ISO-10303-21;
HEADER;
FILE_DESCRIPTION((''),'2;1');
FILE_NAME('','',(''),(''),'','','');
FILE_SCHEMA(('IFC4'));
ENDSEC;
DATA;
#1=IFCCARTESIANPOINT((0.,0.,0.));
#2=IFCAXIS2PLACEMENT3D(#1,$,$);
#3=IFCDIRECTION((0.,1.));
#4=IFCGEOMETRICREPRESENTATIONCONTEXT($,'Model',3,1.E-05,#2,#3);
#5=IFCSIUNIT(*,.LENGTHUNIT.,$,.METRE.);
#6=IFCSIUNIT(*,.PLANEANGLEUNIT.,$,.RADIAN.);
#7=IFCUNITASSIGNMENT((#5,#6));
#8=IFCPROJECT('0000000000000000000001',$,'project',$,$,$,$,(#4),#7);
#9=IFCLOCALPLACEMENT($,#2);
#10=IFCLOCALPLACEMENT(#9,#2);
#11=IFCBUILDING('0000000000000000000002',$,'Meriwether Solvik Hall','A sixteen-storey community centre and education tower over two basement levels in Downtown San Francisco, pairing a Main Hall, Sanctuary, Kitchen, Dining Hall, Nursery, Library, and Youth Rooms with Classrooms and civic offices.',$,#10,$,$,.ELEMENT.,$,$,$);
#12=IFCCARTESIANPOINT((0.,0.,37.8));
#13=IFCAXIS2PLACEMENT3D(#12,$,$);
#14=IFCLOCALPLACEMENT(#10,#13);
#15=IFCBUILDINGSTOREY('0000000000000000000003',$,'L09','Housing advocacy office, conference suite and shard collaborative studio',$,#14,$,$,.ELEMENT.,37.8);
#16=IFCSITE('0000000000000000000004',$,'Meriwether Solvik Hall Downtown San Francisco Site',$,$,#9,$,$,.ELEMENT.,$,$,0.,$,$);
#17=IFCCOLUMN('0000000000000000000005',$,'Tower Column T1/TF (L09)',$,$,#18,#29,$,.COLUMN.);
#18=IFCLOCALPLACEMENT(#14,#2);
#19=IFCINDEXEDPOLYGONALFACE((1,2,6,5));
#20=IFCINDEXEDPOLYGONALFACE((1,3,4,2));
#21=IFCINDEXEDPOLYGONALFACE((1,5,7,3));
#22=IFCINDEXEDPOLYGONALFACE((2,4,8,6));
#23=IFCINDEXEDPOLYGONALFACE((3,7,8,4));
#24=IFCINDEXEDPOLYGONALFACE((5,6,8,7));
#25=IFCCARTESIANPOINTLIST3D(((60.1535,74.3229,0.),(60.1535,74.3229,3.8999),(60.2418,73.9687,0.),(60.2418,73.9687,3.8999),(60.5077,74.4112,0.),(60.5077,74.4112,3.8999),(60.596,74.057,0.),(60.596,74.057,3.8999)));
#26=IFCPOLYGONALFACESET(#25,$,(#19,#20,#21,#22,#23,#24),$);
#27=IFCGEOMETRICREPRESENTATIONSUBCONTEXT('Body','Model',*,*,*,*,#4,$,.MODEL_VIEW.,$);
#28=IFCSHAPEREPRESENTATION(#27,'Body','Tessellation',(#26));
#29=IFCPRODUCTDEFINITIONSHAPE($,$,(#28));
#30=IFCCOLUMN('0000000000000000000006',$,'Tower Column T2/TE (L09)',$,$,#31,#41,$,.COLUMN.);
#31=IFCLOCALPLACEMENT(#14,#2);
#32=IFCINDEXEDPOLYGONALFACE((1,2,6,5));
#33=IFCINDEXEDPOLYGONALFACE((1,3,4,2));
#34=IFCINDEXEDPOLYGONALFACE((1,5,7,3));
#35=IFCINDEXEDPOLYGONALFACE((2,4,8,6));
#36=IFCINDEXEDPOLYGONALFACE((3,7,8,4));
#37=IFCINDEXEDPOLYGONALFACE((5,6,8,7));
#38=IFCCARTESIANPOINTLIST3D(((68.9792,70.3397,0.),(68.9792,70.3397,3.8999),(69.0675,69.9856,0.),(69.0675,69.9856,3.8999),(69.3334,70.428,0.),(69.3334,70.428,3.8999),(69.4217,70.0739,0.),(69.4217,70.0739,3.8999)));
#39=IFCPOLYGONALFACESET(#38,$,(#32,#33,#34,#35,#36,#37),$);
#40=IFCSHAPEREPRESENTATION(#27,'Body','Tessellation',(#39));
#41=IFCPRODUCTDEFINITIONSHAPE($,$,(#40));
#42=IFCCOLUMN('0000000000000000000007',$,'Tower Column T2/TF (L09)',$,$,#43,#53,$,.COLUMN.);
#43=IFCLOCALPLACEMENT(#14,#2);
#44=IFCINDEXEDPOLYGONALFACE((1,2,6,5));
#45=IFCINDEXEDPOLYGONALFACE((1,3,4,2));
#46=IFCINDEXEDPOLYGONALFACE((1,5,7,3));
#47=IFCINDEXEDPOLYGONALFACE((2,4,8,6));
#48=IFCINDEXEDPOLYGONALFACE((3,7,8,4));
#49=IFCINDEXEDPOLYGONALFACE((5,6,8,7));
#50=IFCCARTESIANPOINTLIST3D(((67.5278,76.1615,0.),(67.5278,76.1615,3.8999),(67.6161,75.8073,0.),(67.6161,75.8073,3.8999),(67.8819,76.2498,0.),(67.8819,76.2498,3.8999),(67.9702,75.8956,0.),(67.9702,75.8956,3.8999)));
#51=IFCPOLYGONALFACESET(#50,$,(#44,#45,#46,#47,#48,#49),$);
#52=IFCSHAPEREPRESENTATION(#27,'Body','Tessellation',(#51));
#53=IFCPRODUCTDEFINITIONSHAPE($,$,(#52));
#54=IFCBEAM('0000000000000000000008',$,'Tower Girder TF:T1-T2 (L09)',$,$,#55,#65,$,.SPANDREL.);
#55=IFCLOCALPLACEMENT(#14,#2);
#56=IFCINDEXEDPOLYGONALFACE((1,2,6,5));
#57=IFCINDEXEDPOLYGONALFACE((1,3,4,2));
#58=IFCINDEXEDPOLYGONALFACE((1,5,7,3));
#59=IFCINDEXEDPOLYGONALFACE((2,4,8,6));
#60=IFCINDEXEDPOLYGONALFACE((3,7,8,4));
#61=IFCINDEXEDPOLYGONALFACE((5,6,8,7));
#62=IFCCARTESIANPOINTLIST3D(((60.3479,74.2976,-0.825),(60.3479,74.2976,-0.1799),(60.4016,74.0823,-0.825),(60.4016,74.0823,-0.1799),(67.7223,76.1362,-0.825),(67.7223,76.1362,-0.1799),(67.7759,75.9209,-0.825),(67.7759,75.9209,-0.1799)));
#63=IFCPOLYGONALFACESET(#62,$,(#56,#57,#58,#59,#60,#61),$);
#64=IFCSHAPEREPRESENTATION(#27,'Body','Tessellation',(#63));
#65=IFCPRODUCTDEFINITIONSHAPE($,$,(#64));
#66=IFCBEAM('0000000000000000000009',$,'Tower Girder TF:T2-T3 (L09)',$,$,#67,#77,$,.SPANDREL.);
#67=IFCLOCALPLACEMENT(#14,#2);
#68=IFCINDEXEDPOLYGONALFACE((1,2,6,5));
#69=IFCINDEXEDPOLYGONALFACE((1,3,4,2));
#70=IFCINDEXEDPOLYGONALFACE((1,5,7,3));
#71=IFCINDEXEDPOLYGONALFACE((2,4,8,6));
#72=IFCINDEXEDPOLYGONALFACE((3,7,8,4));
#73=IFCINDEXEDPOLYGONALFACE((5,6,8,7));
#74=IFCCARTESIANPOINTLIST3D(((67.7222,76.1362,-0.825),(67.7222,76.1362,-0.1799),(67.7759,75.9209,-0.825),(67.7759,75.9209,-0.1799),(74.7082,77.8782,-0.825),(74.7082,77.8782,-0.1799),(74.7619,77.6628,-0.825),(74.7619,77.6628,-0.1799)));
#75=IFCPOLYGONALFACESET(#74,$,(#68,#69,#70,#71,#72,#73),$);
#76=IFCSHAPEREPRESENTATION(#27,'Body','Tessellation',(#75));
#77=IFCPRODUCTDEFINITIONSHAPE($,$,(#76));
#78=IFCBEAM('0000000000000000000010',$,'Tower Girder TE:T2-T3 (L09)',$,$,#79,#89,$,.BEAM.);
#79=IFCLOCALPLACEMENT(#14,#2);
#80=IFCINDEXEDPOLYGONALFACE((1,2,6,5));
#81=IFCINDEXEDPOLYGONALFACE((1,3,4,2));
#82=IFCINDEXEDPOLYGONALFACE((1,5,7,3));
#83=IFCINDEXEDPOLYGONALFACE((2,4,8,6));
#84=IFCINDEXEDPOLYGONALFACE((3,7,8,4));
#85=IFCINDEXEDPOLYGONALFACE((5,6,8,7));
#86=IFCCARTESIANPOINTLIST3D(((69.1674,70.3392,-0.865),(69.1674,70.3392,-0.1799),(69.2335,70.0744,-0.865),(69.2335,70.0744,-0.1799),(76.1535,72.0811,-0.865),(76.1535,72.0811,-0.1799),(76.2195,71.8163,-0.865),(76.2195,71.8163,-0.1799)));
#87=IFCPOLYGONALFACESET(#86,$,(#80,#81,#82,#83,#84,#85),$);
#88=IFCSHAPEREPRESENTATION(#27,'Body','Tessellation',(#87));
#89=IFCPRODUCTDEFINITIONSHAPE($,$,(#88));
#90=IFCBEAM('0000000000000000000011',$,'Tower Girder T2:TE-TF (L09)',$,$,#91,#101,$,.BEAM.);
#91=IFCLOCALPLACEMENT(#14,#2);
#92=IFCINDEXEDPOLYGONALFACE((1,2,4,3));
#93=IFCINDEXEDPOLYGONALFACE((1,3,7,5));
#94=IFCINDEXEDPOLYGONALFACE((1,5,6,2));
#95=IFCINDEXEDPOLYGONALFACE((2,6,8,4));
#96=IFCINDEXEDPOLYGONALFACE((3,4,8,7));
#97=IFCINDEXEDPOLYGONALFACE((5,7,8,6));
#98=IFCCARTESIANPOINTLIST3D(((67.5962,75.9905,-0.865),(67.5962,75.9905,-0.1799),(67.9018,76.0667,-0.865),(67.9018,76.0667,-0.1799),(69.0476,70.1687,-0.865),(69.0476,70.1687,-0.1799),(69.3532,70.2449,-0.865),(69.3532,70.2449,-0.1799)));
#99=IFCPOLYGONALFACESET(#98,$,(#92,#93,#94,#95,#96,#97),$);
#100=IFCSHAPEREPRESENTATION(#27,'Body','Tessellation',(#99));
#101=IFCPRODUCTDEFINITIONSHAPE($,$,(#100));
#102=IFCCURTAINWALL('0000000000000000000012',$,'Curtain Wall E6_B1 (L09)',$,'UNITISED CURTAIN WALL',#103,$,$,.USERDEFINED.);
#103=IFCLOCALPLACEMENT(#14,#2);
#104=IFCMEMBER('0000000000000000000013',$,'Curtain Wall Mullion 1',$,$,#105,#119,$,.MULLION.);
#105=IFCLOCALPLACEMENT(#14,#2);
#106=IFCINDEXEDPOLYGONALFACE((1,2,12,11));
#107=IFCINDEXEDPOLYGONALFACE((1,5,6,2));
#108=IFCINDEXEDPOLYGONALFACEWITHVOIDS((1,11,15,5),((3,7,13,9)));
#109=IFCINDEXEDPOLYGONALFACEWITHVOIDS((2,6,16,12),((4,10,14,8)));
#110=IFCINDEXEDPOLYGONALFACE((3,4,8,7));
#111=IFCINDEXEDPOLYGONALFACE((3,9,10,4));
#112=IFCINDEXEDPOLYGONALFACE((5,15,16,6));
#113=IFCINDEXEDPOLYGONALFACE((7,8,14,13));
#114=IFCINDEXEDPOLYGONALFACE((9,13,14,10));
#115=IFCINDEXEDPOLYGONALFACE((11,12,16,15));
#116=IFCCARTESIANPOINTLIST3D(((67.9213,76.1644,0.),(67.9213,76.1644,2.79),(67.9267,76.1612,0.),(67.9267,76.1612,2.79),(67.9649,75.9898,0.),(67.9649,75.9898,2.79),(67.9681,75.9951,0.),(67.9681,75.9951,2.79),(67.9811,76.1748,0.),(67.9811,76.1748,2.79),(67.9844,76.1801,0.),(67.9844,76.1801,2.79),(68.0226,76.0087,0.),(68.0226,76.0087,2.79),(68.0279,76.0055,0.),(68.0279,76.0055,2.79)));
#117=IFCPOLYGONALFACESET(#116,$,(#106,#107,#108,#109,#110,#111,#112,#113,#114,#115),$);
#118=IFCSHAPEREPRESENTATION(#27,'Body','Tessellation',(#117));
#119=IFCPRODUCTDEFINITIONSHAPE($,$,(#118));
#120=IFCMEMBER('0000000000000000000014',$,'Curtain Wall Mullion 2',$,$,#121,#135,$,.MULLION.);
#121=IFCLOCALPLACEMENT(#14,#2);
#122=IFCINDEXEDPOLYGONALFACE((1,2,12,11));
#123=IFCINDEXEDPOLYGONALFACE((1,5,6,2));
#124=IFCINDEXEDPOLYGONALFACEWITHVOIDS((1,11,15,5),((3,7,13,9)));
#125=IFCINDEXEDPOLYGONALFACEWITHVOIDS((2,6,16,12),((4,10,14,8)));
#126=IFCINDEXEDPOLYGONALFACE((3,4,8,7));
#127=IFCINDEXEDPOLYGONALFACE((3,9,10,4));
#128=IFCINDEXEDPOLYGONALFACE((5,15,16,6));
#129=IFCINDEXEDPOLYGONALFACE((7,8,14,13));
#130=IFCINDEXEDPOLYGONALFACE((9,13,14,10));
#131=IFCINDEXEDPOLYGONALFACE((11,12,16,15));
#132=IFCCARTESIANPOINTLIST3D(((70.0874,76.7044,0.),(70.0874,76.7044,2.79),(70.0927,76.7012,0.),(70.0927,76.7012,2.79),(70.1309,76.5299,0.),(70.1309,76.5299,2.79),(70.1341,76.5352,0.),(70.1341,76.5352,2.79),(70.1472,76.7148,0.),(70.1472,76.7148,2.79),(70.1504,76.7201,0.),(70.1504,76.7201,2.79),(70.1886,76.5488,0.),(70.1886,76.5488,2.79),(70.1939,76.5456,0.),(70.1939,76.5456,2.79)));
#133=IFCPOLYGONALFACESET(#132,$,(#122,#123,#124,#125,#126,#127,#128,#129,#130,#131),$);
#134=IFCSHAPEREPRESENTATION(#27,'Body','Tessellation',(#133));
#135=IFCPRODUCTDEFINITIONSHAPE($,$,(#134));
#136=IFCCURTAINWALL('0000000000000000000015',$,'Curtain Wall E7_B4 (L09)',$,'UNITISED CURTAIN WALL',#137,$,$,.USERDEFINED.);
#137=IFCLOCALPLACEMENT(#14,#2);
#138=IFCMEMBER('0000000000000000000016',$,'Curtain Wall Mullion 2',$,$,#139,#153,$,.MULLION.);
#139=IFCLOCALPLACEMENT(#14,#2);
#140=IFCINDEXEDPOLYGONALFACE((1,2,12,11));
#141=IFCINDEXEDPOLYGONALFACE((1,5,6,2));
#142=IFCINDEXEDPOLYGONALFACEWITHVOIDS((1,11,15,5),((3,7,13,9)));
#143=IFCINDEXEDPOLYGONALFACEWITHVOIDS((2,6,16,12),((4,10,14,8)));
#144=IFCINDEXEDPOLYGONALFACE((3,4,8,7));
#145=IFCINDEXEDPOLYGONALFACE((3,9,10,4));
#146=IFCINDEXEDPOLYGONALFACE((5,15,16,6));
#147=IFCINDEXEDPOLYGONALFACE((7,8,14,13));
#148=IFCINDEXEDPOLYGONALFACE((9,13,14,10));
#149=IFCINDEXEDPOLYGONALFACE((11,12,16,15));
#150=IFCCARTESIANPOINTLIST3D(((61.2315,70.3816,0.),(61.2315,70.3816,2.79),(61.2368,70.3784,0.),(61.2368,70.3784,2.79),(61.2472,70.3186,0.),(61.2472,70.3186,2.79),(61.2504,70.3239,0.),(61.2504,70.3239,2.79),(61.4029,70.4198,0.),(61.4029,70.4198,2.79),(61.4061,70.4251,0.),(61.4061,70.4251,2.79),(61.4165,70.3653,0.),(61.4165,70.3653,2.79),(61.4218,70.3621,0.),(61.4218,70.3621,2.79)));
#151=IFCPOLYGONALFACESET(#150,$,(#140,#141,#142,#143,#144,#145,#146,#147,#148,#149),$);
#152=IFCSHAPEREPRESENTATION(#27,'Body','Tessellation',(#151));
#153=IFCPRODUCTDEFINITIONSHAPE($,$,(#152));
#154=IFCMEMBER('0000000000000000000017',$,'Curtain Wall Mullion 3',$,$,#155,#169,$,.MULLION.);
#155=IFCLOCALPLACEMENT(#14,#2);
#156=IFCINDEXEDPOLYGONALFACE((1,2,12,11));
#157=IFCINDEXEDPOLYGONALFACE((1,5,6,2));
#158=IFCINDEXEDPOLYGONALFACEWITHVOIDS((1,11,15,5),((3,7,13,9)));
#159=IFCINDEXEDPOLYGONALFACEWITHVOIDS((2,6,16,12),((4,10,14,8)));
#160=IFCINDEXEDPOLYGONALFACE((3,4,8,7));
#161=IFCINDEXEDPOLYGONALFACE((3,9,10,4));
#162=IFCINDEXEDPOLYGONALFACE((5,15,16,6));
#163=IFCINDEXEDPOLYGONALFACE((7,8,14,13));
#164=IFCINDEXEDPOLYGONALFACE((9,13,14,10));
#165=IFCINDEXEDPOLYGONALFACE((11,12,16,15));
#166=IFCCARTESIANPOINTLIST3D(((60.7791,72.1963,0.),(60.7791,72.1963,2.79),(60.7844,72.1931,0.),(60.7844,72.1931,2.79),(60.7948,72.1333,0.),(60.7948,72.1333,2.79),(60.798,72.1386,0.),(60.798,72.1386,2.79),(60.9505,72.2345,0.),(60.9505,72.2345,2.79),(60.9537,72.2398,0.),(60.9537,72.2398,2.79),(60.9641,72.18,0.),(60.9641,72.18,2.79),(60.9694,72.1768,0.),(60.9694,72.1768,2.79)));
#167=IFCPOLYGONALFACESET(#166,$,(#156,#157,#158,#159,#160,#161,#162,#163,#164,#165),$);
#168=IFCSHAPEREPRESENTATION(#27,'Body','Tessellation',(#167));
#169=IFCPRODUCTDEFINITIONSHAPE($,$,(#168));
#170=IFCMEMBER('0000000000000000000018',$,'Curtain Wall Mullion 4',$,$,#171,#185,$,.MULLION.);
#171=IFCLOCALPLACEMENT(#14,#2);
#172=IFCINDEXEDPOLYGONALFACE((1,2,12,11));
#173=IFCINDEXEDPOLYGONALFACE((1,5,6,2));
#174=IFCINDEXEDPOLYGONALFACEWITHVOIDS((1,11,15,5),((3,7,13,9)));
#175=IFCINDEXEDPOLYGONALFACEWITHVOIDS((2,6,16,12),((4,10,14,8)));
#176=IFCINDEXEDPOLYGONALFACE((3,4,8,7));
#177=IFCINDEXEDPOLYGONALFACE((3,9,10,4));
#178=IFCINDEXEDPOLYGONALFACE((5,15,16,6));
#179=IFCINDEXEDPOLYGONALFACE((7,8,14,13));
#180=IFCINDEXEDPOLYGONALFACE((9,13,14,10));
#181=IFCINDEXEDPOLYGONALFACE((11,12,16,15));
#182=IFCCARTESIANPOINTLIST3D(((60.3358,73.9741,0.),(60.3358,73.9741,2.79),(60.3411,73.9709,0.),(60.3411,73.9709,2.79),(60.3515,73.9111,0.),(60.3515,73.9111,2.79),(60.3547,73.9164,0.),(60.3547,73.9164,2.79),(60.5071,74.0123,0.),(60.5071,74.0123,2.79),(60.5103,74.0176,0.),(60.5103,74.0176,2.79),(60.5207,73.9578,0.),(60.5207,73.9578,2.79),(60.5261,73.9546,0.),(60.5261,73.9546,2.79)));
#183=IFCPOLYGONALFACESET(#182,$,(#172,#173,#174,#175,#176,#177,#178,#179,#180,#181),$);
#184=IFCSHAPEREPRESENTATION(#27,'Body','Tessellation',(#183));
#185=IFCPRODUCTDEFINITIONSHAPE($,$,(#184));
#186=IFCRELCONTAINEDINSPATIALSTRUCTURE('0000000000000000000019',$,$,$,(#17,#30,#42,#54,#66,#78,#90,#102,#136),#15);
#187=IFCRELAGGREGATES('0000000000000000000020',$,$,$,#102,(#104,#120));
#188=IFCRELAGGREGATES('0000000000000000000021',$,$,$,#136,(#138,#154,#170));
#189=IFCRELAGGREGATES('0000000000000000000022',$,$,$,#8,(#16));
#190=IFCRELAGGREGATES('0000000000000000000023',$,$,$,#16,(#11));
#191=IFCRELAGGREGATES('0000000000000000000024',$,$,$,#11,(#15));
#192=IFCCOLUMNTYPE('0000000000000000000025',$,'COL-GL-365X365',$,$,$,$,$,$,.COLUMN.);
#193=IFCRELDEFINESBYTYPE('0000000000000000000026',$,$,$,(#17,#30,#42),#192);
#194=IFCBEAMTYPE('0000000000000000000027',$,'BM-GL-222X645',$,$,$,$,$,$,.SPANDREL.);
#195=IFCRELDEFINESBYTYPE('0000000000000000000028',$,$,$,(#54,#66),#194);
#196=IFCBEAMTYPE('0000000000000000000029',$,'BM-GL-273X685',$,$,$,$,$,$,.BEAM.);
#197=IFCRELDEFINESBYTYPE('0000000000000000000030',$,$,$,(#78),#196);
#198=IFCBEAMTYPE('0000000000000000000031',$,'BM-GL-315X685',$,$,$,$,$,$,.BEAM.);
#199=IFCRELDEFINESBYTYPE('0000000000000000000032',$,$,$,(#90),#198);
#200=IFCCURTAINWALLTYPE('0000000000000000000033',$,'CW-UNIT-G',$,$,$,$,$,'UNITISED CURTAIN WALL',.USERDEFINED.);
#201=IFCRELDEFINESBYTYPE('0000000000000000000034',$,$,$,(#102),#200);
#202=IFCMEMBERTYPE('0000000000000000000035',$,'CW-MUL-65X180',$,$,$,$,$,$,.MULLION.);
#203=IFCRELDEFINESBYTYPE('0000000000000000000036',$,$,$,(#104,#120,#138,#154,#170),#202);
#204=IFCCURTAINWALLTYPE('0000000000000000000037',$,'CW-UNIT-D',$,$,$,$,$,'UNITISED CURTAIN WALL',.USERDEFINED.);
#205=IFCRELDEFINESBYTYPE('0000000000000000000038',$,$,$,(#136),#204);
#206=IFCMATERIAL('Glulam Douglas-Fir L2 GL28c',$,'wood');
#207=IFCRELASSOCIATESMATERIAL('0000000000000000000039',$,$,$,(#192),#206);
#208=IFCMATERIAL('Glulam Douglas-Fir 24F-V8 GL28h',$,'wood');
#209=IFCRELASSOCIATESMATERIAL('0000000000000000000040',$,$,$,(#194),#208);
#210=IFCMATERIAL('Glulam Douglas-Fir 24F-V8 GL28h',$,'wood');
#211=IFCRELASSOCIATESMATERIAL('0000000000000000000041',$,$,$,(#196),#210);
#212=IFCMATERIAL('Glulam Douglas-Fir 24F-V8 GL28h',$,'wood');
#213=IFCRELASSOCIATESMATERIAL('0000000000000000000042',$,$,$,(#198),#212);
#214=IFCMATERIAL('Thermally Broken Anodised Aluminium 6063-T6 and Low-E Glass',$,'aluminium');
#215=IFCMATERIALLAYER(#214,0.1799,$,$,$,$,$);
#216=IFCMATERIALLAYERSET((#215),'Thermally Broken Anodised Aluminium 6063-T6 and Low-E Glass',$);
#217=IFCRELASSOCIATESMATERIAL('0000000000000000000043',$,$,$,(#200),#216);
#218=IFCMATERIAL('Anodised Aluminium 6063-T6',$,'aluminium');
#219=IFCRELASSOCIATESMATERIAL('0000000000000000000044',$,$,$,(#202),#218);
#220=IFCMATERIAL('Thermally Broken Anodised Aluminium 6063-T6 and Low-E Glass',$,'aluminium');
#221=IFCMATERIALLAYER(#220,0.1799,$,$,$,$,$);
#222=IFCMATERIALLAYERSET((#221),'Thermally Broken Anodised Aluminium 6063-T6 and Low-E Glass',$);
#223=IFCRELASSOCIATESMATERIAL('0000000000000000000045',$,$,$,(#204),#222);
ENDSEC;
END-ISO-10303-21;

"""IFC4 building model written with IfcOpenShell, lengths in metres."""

from ifc_helpers import new_model, si_unit, direction, frame, origin, origin_2d, place, context, subcontext, project, spatial, rectangle, hollow_rectangle, extrude, material, layer, layer_set, material_profile, profile_set, type_object, element, aggregate, save


model = new_model("IFC4")

# Units and contexts
model_context = context("Model", 3, precision=1e-05, world=origin(), true_north=direction((0.0, 1.0)))
body_context = subcontext(model_context, "Body", "Model", "MODEL_VIEW")
ifc_project = project(units=[si_unit("LENGTHUNIT", "METRE"), si_unit("PLANEANGLEUNIT", "RADIAN")], contexts=[model_context])

# Site, building, storey
site_placement = place(None, origin())
site = spatial("IfcSite", under=ifc_project, at=site_placement, Name="Meriwether Solvik Hall Downtown San Francisco Site", CompositionType="ELEMENT", RefElevation=0.0)
building_placement = place(site_placement, origin())
building = spatial("IfcBuilding", under=site, at=building_placement, Name="Meriwether Solvik Hall", Description="A sixteen-storey community centre and education tower over two basement levels in Downtown San Francisco, pairing a Main Hall, Sanctuary, Kitchen, Dining Hall, Nursery, Library, and Youth Rooms with Classrooms and civic offices.", CompositionType="ELEMENT")
storey_placement = place(building_placement, frame((0.0, 0.0, 37.8)))
storey = spatial("IfcBuildingStorey", under=building, at=storey_placement, Name="L09", Description="Housing advocacy office, conference suite and shard collaborative studio", CompositionType="ELEMENT", Elevation=37.8)

# Columns
ifc_material_1 = material(Name="Glulam Douglas-Fir L2 GL28c", Category="wood")
ifc_material_profile_1 = material_profile(ifc_material_1, rectangle(XDim=0.365, YDim=0.365, at=origin_2d()), Name="GLC-365X365")
ifc_profile_set_1 = profile_set([ifc_material_profile_1], Name="Glulam Douglas-Fir L2 GL28c")
column_type = type_object("IfcColumnType", Name="COL-GL-365X365", PredefinedType="COLUMN", material=ifc_profile_set_1)
for number, where, z_axis, x_axis, name in (
    (1, (60.3748, 74.1899, 0.0), (0.0, 0.0, 1.0), (0.970296, 0.241922, 0.0), "Tower Column T1/TF (L09)"),
    (2, (69.2004, 70.2068, 0.0), (0.0, 0.0, 1.0), (0.970296, 0.241922, 0.0), "Tower Column T2/TE (L09)"),
    (3, (67.749, 76.0286, 0.0), (0.0, 0.0, 1.0), (0.970296, 0.241922, 0.0), "Tower Column T2/TF (L09)"),
):
    element("IfcColumn", number, at=place(storey_placement, frame(where, z_axis=z_axis, x_axis=x_axis)), inside=storey, type_object=column_type, Name=name, PredefinedType="COLUMN", context=body_context, shape_type="SweptSolid", body=[
        extrude(rectangle(XDim=0.365, YDim=0.365, at=origin_2d()), origin(), (0.0, 0.0, 1.0), 3.8999),
    ])

# Beams
ifc_material_2 = material(Name="Glulam Douglas-Fir 24F-V8 GL28h", Category="wood")
ifc_material_profile_2 = material_profile(ifc_material_2, rectangle(XDim=0.2219, YDim=0.645, at=origin_2d()), Name="GLB-222X645")
ifc_profile_set_2 = profile_set([ifc_material_profile_2], Name="Glulam Douglas-Fir 24F-V8 GL28h")
beam_type_1 = type_object("IfcBeamType", Name="BM-GL-222X645", PredefinedType="SPANDREL", material=ifc_profile_set_2)
beam_1_placement = place(storey_placement, frame((60.3748, 74.1899, -0.5024), z_axis=(0.970295, 0.241923, 0.0), x_axis=(-0.241923, 0.970295, 0.0)))
element("IfcBeam", 4, at=beam_1_placement, inside=storey, type_object=beam_type_1, Name="Tower Girder TF:T1-T2 (L09)", PredefinedType="SPANDREL", context=body_context, shape_type="SweptSolid", body=[
    extrude(rectangle(XDim=0.2219, YDim=0.645, at=origin_2d()), origin(), (0.0, 0.0, 1.0), 7.6001),
])
beam_2_placement = place(storey_placement, frame((67.749, 76.0286, -0.5024), z_axis=(0.970292, 0.241937, 0.0), x_axis=(-0.241937, 0.970292, 0.0)))
element("IfcBeam", 5, at=beam_2_placement, inside=storey, type_object=beam_type_1, Name="Tower Girder TF:T2-T3 (L09)", PredefinedType="SPANDREL", context=body_context, shape_type="SweptSolid", body=[
    extrude(rectangle(XDim=0.2219, YDim=0.645, at=origin_2d()), origin(), (0.0, 0.0, 1.0), 7.2),
])
ifc_material_3 = material(Name="Glulam Douglas-Fir 24F-V8 GL28h", Category="wood")
ifc_material_profile_3 = material_profile(ifc_material_3, rectangle(XDim=0.2729, YDim=0.6851, at=origin_2d()), Name="GLB-273X685")
ifc_profile_set_3 = profile_set([ifc_material_profile_3], Name="Glulam Douglas-Fir 24F-V8 GL28h")
beam_type_2 = type_object("IfcBeamType", Name="BM-GL-273X685", PredefinedType="BEAM", material=ifc_profile_set_3)
beam_3_placement = place(storey_placement, frame((69.2004, 70.2068, -0.5225), z_axis=(0.970292, 0.241937, 0.0), x_axis=(-0.241937, 0.970292, 0.0)))
element("IfcBeam", 6, at=beam_3_placement, inside=storey, type_object=beam_type_2, Name="Tower Girder TE:T2-T3 (L09)", PredefinedType="BEAM", context=body_context, shape_type="SweptSolid", body=[
    extrude(rectangle(XDim=0.2729, YDim=0.6851, at=origin_2d()), origin(), (0.0, 0.0, 1.0), 7.2),
])
ifc_material_4 = material(Name="Glulam Douglas-Fir 24F-V8 GL28h", Category="wood")
ifc_material_profile_4 = material_profile(ifc_material_4, rectangle(XDim=0.3149, YDim=0.6851, at=origin_2d()), Name="GLB-315X685")
ifc_profile_set_4 = profile_set([ifc_material_profile_4], Name="Glulam Douglas-Fir 24F-V8 GL28h")
beam_type_3 = type_object("IfcBeamType", Name="BM-GL-315X685", PredefinedType="BEAM", material=ifc_profile_set_4)
beam_4_placement = place(storey_placement, frame((69.2004, 70.2068, -0.5225), z_axis=(-0.241904, 0.9703, 0.0), x_axis=(-0.9703, -0.241904, 0.0)))
element("IfcBeam", 7, at=beam_4_placement, inside=storey, type_object=beam_type_3, Name="Tower Girder T2:TE-TF (L09)", PredefinedType="BEAM", context=body_context, shape_type="SweptSolid", body=[
    extrude(rectangle(XDim=0.3149, YDim=0.6851, at=origin_2d()), origin(), (0.0, 0.0, 1.0), 6.0),
])

# Curtain walls, members
ifc_material_5 = material(Name="Thermally Broken Anodised Aluminium 6063-T6 and Low-E Glass", Category="aluminium")
ifc_layer_1 = layer(ifc_material_5, 0.1799)
ifc_layer_set_1 = layer_set([ifc_layer_1], Name="Thermally Broken Anodised Aluminium 6063-T6 and Low-E Glass")
curtain_wall_type_1 = type_object("IfcCurtainWallType", Name="CW-UNIT-G", ElementType="UNITISED CURTAIN WALL", PredefinedType="USERDEFINED", material=ifc_layer_set_1)
curtain_wall_1_placement = place(storey_placement, origin())
curtain_wall_1 = element("IfcCurtainWall", 8, at=curtain_wall_1_placement, inside=storey, type_object=curtain_wall_type_1, Name="Curtain Wall E6_B1 (L09)", ObjectType="UNITISED CURTAIN WALL", PredefinedType="USERDEFINED")
ifc_material_6 = material(Name="Anodised Aluminium 6063-T6", Category="aluminium")
ifc_material_profile_5 = material_profile(ifc_material_6, hollow_rectangle(XDim=0.0649, YDim=0.1799, WallThickness=0.0044, at=origin_2d()), Name="CWM-65X180")
ifc_profile_set_5 = profile_set([ifc_material_profile_5], Name="Anodised Aluminium 6063-T6")
member_type_1 = type_object("IfcMemberType", Name="CW-MUL-65X180", PredefinedType="MULLION", material=ifc_profile_set_5)
member_1_placement = place(storey_placement, frame((67.9746, 76.085, 0.0), z_axis=(0.0, 0.0, 1.0), x_axis=(0.970296, 0.241922, 0.0)))
member_1 = element("IfcMember", 9, at=member_1_placement, type_object=member_type_1, Name="Curtain Wall Mullion 1", PredefinedType="MULLION", context=body_context, shape_type="SweptSolid", body=[
    extrude(hollow_rectangle(XDim=0.0649, YDim=0.1799, WallThickness=0.0044, at=origin_2d()), origin(), (0.0, 0.0, 1.0), 2.79),
])
member_2_placement = place(storey_placement, frame((70.1406, 76.625, 0.0), z_axis=(0.0, 0.0, 1.0), x_axis=(0.970296, 0.241922, 0.0)))
member_2 = element("IfcMember", 10, at=member_2_placement, type_object=member_type_1, Name="Curtain Wall Mullion 2", PredefinedType="MULLION", context=body_context, shape_type="SweptSolid", body=[
    extrude(hollow_rectangle(XDim=0.0649, YDim=0.1799, WallThickness=0.0044, at=origin_2d()), origin(), (0.0, 0.0, 1.0), 2.79),
])
ifc_material_7 = material(Name="Thermally Broken Anodised Aluminium 6063-T6 and Low-E Glass", Category="aluminium")
ifc_layer_2 = layer(ifc_material_7, 0.1799)
ifc_layer_set_2 = layer_set([ifc_layer_2], Name="Thermally Broken Anodised Aluminium 6063-T6 and Low-E Glass")
curtain_wall_type_2 = type_object("IfcCurtainWallType", Name="CW-UNIT-D", ElementType="UNITISED CURTAIN WALL", PredefinedType="USERDEFINED", material=ifc_layer_set_2)
curtain_wall_2_placement = place(storey_placement, origin())
curtain_wall_2 = element("IfcCurtainWall", 11, at=curtain_wall_2_placement, inside=storey, type_object=curtain_wall_type_2, Name="Curtain Wall E7_B4 (L09)", ObjectType="UNITISED CURTAIN WALL", PredefinedType="USERDEFINED")
member_3_placement = place(storey_placement, frame((61.3267, 70.3718, 0.0), z_axis=(0.0, 0.0, 1.0), x_axis=(-0.241922, 0.970296, 0.0)))
member_3 = element("IfcMember", 12, at=member_3_placement, type_object=member_type_1, Name="Curtain Wall Mullion 2", PredefinedType="MULLION", context=body_context, shape_type="SweptSolid", body=[
    extrude(hollow_rectangle(XDim=0.0649, YDim=0.1799, WallThickness=0.0044, at=origin_2d()), origin(), (0.0, 0.0, 1.0), 2.79),
])
member_4_placement = place(storey_placement, frame((60.8743, 72.1865, 0.0), z_axis=(0.0, 0.0, 1.0), x_axis=(-0.241922, 0.970296, 0.0)))
member_4 = element("IfcMember", 13, at=member_4_placement, type_object=member_type_1, Name="Curtain Wall Mullion 3", PredefinedType="MULLION", context=body_context, shape_type="SweptSolid", body=[
    extrude(hollow_rectangle(XDim=0.0649, YDim=0.1799, WallThickness=0.0044, at=origin_2d()), origin(), (0.0, 0.0, 1.0), 2.79),
])
member_5_placement = place(storey_placement, frame((60.4309, 73.9644, 0.0), z_axis=(0.0, 0.0, 1.0), x_axis=(-0.241922, 0.970296, 0.0)))
member_5 = element("IfcMember", 14, at=member_5_placement, type_object=member_type_1, Name="Curtain Wall Mullion 4", PredefinedType="MULLION", context=body_context, shape_type="SweptSolid", body=[
    extrude(hollow_rectangle(XDim=0.0649, YDim=0.1799, WallThickness=0.0044, at=origin_2d()), origin(), (0.0, 0.0, 1.0), 2.79),
])

aggregate(curtain_wall_1, [member_1, member_2])
aggregate(curtain_wall_2, [member_3, member_4, member_5])

save(model, "model.ifc")
